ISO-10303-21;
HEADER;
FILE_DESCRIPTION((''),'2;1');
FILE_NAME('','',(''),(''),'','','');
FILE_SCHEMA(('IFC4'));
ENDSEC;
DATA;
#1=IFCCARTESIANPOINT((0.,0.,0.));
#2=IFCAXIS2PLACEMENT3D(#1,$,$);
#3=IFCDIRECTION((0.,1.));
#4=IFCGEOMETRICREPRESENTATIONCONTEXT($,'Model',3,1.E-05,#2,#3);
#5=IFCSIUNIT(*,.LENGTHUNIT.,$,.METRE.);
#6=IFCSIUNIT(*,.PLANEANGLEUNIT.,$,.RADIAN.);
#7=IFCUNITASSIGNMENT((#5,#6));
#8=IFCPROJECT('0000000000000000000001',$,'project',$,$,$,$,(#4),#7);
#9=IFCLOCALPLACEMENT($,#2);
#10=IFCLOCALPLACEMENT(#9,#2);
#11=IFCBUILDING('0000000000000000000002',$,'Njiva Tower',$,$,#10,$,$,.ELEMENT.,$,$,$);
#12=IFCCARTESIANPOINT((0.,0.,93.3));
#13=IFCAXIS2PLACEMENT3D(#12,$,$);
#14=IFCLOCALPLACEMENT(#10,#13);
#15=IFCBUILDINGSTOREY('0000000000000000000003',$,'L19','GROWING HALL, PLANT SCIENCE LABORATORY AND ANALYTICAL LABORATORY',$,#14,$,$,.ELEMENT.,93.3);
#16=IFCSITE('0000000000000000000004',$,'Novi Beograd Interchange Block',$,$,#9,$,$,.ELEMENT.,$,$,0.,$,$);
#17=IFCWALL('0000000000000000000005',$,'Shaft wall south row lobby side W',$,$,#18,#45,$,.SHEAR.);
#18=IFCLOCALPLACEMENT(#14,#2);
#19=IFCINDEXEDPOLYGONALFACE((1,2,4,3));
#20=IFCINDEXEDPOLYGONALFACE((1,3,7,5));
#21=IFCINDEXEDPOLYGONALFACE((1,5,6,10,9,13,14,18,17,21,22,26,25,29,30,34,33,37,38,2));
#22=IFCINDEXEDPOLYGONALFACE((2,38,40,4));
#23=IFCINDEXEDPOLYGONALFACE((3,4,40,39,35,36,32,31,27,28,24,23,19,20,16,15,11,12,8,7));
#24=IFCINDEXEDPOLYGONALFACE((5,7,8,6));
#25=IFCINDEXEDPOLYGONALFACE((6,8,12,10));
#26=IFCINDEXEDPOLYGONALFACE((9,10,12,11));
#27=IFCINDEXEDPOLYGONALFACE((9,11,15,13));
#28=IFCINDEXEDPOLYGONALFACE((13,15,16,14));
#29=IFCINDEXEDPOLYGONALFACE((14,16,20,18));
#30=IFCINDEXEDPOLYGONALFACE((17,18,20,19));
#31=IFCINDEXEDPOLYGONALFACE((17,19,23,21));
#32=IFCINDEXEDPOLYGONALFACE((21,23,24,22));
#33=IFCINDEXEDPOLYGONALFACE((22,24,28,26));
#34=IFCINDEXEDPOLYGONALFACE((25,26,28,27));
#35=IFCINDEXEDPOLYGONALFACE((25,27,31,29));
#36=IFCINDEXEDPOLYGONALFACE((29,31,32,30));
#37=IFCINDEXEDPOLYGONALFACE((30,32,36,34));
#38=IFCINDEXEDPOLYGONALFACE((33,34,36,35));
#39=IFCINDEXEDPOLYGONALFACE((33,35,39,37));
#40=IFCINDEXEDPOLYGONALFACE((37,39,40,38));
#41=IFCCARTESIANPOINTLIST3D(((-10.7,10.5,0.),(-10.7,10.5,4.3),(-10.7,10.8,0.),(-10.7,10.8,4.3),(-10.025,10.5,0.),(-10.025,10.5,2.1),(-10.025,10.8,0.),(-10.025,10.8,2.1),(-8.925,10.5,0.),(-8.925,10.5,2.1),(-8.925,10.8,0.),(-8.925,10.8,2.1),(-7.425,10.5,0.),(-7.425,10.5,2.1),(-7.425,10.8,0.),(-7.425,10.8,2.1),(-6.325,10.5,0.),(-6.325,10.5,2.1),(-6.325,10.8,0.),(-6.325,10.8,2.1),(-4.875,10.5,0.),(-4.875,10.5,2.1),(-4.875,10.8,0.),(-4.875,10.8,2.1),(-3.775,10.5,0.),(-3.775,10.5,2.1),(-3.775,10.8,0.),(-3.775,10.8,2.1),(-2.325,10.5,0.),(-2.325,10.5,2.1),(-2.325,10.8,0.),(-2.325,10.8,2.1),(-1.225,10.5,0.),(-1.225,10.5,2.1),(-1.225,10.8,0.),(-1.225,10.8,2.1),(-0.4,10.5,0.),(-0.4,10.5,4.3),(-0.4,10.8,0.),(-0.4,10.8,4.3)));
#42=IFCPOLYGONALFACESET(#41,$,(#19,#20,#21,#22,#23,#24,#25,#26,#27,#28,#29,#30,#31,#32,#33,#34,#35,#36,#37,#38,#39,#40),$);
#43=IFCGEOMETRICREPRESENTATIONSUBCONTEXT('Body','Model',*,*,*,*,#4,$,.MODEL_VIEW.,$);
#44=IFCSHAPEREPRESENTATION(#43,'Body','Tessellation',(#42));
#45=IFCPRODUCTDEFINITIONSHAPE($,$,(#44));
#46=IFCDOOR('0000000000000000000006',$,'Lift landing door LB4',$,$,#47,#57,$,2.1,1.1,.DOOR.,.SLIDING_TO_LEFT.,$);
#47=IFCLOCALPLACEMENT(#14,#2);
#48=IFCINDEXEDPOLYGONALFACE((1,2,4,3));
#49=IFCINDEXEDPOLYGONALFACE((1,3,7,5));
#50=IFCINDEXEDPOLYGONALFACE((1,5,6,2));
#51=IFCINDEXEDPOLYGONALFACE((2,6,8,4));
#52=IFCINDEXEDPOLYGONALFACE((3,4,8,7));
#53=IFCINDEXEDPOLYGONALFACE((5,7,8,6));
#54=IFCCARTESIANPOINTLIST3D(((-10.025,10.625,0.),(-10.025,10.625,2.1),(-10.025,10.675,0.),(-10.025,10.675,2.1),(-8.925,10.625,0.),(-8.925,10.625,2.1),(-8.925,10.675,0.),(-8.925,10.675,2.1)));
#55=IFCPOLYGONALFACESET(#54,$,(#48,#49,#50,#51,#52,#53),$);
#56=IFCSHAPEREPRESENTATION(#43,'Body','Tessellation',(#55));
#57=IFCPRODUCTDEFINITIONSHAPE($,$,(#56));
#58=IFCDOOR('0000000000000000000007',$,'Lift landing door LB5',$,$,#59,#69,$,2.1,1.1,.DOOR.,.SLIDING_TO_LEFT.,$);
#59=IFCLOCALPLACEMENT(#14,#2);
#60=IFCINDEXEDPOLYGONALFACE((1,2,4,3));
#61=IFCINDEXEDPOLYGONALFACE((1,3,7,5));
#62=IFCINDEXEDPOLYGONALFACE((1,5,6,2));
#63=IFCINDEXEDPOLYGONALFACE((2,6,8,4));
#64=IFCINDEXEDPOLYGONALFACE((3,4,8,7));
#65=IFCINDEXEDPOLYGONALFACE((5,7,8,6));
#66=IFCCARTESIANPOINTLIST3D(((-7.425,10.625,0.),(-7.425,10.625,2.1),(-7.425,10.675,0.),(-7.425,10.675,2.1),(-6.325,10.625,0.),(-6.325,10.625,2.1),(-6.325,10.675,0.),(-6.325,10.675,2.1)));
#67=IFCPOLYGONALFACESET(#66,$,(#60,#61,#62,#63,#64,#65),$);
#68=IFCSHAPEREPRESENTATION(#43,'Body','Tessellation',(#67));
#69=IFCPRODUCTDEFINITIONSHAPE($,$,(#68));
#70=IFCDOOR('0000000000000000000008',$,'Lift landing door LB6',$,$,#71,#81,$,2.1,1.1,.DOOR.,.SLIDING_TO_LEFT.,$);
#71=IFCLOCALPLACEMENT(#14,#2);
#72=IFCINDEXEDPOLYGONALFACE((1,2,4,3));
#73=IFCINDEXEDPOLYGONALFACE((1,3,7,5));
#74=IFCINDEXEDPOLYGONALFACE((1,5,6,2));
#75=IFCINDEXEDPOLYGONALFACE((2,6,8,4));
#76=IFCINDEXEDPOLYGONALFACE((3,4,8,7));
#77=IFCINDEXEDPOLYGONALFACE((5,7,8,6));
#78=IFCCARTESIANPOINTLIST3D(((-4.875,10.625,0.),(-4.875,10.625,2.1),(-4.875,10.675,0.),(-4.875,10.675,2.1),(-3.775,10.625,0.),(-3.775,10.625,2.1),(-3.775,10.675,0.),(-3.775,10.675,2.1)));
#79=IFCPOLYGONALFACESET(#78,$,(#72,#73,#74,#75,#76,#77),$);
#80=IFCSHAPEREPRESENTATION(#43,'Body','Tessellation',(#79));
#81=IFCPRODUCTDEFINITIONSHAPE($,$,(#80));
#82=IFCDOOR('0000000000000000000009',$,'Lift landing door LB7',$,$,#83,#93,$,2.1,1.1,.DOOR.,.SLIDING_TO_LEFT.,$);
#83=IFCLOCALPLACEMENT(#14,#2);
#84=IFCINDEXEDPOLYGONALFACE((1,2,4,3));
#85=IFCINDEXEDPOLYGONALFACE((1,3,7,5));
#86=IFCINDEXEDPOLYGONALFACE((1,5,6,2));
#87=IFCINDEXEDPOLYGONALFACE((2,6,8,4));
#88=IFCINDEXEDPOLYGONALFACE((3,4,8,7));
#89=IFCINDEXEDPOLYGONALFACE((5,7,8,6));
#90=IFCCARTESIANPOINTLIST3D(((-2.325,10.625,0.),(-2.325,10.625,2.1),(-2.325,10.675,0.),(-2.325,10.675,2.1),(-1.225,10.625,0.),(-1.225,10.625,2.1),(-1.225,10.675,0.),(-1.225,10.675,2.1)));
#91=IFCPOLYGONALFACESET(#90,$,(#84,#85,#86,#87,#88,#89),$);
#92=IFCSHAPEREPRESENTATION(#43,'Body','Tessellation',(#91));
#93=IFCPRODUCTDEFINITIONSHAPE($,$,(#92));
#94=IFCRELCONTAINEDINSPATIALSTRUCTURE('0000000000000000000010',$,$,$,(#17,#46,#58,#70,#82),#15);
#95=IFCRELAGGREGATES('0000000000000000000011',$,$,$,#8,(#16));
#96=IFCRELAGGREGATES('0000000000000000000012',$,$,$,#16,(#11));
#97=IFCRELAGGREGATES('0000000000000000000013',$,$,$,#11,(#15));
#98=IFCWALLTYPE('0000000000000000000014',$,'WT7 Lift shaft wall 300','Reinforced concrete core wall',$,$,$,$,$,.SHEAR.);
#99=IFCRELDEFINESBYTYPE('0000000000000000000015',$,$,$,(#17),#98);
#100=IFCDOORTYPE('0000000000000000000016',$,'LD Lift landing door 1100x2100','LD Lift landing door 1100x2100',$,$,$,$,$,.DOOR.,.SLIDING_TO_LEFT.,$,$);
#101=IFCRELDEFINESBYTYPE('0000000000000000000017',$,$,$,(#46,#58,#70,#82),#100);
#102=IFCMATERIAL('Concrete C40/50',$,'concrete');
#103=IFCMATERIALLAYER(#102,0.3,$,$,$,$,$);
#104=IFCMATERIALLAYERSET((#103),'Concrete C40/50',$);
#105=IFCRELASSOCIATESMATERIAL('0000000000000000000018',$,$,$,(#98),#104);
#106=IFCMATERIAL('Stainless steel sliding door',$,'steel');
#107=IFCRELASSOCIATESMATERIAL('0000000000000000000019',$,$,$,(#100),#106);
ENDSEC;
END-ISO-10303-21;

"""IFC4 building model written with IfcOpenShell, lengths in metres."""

from ifc_helpers import new_model, si_unit, direction, frame, frame_2d, origin, place, context, subcontext, project, spatial, rectangle, extrude, material, layer, layer_set, type_object, element, fill, save


model = new_model("IFC4")

# Units and contexts
model_context = context("Model", 3, precision=1e-05, world=origin(), true_north=direction((0.0, 1.0)))
body_context = subcontext(model_context, "Body", "Model", "MODEL_VIEW")
ifc_project = project(units=[si_unit("LENGTHUNIT", "METRE"), si_unit("PLANEANGLEUNIT", "RADIAN")], contexts=[model_context])

# Site, building, storey
site_placement = place(None, origin())
site = spatial("IfcSite", under=ifc_project, at=site_placement, Name="Novi Beograd Interchange Block", CompositionType="ELEMENT", RefElevation=0.0)
building_placement = place(site_placement, origin())
building = spatial("IfcBuilding", under=site, at=building_placement, Name="Njiva Tower", CompositionType="ELEMENT")
storey_placement = place(building_placement, frame((0.0, 0.0, 93.3)))
storey = spatial("IfcBuildingStorey", under=building, at=storey_placement, Name="L19", Description="GROWING HALL, PLANT SCIENCE LABORATORY AND ANALYTICAL LABORATORY", CompositionType="ELEMENT", Elevation=93.3)

# Shared definitions
ifc_material_1 = material(Name="Concrete C40/50", Category="concrete")

# Wall, openings, doors
ifc_layer_1 = layer(ifc_material_1, 0.3)
ifc_layer_set_1 = layer_set([ifc_layer_1], Name="Concrete C40/50")
wall_type_1 = type_object("IfcWallType", Name="WT7 Lift shaft wall 300", Description="Reinforced concrete core wall", PredefinedType="SHEAR", material=ifc_layer_set_1)
ifc_material_2 = material(Name="Stainless steel sliding door", Category="steel")
door_type_1 = type_object("IfcDoorType", Name="LD Lift landing door 1100x2100", Description="LD Lift landing door 1100x2100", OperationType="SLIDING_TO_LEFT", PredefinedType="DOOR", material=ifc_material_2)
wall_1_placement = place(storey_placement, frame((-10.7, 10.65, 0.0), z_axis=(0.0, 0.0, 1.0), x_axis=(1.0, 0.0, 0.0)))
wall_1 = element("IfcWall", 1, at=wall_1_placement, inside=storey, type_object=wall_type_1, Name="Shaft wall south row lobby side W", PredefinedType="SHEAR", context=body_context, shape_type="SweptSolid", body=[
    extrude(rectangle(XDim=10.3, YDim=0.3, at=frame_2d((5.15, 0.0))), origin(), (0.0, 0.0, 1.0), 4.3),
])
opening_1_placement = place(wall_1_placement, frame((0.675, 0.0, 0.0)))
opening_1 = element("IfcOpeningElement", 2, at=opening_1_placement, cuts=wall_1, PredefinedType="OPENING", context=body_context, shape_type="SweptSolid", body=[
    extrude(rectangle(XDim=1.1, YDim=2.1, at=frame_2d((0.55, 1.05))), frame((0.0, 0.16, 0.0), z_axis=(0.0, -1.0, 0.0), x_axis=(1.0, 0.0, 0.0)), (0.0, 0.0, 1.0), 0.32),
])
opening_2_placement = place(wall_1_placement, frame((3.275, 0.0, 0.0)))
opening_2 = element("IfcOpeningElement", 3, at=opening_2_placement, cuts=wall_1, PredefinedType="OPENING", context=body_context, shape_type="SweptSolid", body=[
    extrude(rectangle(XDim=1.1, YDim=2.1, at=frame_2d((0.55, 1.05))), frame((0.0, 0.16, 0.0), z_axis=(0.0, -1.0, 0.0), x_axis=(1.0, 0.0, 0.0)), (0.0, 0.0, 1.0), 0.32),
])
opening_3_placement = place(wall_1_placement, frame((5.825, 0.0, 0.0)))
opening_3 = element("IfcOpeningElement", 4, at=opening_3_placement, cuts=wall_1, PredefinedType="OPENING", context=body_context, shape_type="SweptSolid", body=[
    extrude(rectangle(XDim=1.1, YDim=2.1, at=frame_2d((0.55, 1.05))), frame((0.0, 0.16, 0.0), z_axis=(0.0, -1.0, 0.0), x_axis=(1.0, 0.0, 0.0)), (0.0, 0.0, 1.0), 0.32),
])
opening_4_placement = place(wall_1_placement, frame((8.375, 0.0, 0.0)))
opening_4 = element("IfcOpeningElement", 5, at=opening_4_placement, cuts=wall_1, PredefinedType="OPENING", context=body_context, shape_type="SweptSolid", body=[
    extrude(rectangle(XDim=1.1, YDim=2.1, at=frame_2d((0.55, 1.05))), frame((0.0, 0.16, 0.0), z_axis=(0.0, -1.0, 0.0), x_axis=(1.0, 0.0, 0.0)), (0.0, 0.0, 1.0), 0.32),
])
door_1_placement = place(opening_1_placement, origin())
door_1 = element("IfcDoor", 6, at=door_1_placement, inside=storey, type_object=door_type_1, Name="Lift landing door LB4", OperationType="SLIDING_TO_LEFT", OverallHeight=2.1, OverallWidth=1.1, PredefinedType="DOOR", context=body_context, shape_type="SweptSolid", body=[
    extrude(rectangle(XDim=1.1, YDim=2.1, at=frame_2d((0.55, 1.05))), frame((0.0, 0.025, 0.0), z_axis=(0.0, -1.0, 0.0), x_axis=(1.0, 0.0, 0.0)), (0.0, 0.0, 1.0), 0.05),
])
fill(opening_1, door_1)
door_2_placement = place(opening_2_placement, origin())
door_2 = element("IfcDoor", 7, at=door_2_placement, inside=storey, type_object=door_type_1, Name="Lift landing door LB5", OperationType="SLIDING_TO_LEFT", OverallHeight=2.1, OverallWidth=1.1, PredefinedType="DOOR", context=body_context, shape_type="SweptSolid", body=[
    extrude(rectangle(XDim=1.1, YDim=2.1, at=frame_2d((0.55, 1.05))), frame((0.0, 0.025, 0.0), z_axis=(0.0, -1.0, 0.0), x_axis=(1.0, 0.0, 0.0)), (0.0, 0.0, 1.0), 0.05),
])
fill(opening_2, door_2)
door_3_placement = place(opening_3_placement, origin())
door_3 = element("IfcDoor", 8, at=door_3_placement, inside=storey, type_object=door_type_1, Name="Lift landing door LB6", OperationType="SLIDING_TO_LEFT", OverallHeight=2.1, OverallWidth=1.1, PredefinedType="DOOR", context=body_context, shape_type="SweptSolid", body=[
    extrude(rectangle(XDim=1.1, YDim=2.1, at=frame_2d((0.55, 1.05))), frame((0.0, 0.025, 0.0), z_axis=(0.0, -1.0, 0.0), x_axis=(1.0, 0.0, 0.0)), (0.0, 0.0, 1.0), 0.05),
])
fill(opening_3, door_3)
door_4_placement = place(opening_4_placement, origin())
door_4 = element("IfcDoor", 9, at=door_4_placement, inside=storey, type_object=door_type_1, Name="Lift landing door LB7", OperationType="SLIDING_TO_LEFT", OverallHeight=2.1, OverallWidth=1.1, PredefinedType="DOOR", context=body_context, shape_type="SweptSolid", body=[
    extrude(rectangle(XDim=1.1, YDim=2.1, at=frame_2d((0.55, 1.05))), frame((0.0, 0.025, 0.0), z_axis=(0.0, -1.0, 0.0), x_axis=(1.0, 0.0, 0.0)), (0.0, 0.0, 1.0), 0.05),
])
fill(opening_4, door_4)

save(model, "model.ifc")
